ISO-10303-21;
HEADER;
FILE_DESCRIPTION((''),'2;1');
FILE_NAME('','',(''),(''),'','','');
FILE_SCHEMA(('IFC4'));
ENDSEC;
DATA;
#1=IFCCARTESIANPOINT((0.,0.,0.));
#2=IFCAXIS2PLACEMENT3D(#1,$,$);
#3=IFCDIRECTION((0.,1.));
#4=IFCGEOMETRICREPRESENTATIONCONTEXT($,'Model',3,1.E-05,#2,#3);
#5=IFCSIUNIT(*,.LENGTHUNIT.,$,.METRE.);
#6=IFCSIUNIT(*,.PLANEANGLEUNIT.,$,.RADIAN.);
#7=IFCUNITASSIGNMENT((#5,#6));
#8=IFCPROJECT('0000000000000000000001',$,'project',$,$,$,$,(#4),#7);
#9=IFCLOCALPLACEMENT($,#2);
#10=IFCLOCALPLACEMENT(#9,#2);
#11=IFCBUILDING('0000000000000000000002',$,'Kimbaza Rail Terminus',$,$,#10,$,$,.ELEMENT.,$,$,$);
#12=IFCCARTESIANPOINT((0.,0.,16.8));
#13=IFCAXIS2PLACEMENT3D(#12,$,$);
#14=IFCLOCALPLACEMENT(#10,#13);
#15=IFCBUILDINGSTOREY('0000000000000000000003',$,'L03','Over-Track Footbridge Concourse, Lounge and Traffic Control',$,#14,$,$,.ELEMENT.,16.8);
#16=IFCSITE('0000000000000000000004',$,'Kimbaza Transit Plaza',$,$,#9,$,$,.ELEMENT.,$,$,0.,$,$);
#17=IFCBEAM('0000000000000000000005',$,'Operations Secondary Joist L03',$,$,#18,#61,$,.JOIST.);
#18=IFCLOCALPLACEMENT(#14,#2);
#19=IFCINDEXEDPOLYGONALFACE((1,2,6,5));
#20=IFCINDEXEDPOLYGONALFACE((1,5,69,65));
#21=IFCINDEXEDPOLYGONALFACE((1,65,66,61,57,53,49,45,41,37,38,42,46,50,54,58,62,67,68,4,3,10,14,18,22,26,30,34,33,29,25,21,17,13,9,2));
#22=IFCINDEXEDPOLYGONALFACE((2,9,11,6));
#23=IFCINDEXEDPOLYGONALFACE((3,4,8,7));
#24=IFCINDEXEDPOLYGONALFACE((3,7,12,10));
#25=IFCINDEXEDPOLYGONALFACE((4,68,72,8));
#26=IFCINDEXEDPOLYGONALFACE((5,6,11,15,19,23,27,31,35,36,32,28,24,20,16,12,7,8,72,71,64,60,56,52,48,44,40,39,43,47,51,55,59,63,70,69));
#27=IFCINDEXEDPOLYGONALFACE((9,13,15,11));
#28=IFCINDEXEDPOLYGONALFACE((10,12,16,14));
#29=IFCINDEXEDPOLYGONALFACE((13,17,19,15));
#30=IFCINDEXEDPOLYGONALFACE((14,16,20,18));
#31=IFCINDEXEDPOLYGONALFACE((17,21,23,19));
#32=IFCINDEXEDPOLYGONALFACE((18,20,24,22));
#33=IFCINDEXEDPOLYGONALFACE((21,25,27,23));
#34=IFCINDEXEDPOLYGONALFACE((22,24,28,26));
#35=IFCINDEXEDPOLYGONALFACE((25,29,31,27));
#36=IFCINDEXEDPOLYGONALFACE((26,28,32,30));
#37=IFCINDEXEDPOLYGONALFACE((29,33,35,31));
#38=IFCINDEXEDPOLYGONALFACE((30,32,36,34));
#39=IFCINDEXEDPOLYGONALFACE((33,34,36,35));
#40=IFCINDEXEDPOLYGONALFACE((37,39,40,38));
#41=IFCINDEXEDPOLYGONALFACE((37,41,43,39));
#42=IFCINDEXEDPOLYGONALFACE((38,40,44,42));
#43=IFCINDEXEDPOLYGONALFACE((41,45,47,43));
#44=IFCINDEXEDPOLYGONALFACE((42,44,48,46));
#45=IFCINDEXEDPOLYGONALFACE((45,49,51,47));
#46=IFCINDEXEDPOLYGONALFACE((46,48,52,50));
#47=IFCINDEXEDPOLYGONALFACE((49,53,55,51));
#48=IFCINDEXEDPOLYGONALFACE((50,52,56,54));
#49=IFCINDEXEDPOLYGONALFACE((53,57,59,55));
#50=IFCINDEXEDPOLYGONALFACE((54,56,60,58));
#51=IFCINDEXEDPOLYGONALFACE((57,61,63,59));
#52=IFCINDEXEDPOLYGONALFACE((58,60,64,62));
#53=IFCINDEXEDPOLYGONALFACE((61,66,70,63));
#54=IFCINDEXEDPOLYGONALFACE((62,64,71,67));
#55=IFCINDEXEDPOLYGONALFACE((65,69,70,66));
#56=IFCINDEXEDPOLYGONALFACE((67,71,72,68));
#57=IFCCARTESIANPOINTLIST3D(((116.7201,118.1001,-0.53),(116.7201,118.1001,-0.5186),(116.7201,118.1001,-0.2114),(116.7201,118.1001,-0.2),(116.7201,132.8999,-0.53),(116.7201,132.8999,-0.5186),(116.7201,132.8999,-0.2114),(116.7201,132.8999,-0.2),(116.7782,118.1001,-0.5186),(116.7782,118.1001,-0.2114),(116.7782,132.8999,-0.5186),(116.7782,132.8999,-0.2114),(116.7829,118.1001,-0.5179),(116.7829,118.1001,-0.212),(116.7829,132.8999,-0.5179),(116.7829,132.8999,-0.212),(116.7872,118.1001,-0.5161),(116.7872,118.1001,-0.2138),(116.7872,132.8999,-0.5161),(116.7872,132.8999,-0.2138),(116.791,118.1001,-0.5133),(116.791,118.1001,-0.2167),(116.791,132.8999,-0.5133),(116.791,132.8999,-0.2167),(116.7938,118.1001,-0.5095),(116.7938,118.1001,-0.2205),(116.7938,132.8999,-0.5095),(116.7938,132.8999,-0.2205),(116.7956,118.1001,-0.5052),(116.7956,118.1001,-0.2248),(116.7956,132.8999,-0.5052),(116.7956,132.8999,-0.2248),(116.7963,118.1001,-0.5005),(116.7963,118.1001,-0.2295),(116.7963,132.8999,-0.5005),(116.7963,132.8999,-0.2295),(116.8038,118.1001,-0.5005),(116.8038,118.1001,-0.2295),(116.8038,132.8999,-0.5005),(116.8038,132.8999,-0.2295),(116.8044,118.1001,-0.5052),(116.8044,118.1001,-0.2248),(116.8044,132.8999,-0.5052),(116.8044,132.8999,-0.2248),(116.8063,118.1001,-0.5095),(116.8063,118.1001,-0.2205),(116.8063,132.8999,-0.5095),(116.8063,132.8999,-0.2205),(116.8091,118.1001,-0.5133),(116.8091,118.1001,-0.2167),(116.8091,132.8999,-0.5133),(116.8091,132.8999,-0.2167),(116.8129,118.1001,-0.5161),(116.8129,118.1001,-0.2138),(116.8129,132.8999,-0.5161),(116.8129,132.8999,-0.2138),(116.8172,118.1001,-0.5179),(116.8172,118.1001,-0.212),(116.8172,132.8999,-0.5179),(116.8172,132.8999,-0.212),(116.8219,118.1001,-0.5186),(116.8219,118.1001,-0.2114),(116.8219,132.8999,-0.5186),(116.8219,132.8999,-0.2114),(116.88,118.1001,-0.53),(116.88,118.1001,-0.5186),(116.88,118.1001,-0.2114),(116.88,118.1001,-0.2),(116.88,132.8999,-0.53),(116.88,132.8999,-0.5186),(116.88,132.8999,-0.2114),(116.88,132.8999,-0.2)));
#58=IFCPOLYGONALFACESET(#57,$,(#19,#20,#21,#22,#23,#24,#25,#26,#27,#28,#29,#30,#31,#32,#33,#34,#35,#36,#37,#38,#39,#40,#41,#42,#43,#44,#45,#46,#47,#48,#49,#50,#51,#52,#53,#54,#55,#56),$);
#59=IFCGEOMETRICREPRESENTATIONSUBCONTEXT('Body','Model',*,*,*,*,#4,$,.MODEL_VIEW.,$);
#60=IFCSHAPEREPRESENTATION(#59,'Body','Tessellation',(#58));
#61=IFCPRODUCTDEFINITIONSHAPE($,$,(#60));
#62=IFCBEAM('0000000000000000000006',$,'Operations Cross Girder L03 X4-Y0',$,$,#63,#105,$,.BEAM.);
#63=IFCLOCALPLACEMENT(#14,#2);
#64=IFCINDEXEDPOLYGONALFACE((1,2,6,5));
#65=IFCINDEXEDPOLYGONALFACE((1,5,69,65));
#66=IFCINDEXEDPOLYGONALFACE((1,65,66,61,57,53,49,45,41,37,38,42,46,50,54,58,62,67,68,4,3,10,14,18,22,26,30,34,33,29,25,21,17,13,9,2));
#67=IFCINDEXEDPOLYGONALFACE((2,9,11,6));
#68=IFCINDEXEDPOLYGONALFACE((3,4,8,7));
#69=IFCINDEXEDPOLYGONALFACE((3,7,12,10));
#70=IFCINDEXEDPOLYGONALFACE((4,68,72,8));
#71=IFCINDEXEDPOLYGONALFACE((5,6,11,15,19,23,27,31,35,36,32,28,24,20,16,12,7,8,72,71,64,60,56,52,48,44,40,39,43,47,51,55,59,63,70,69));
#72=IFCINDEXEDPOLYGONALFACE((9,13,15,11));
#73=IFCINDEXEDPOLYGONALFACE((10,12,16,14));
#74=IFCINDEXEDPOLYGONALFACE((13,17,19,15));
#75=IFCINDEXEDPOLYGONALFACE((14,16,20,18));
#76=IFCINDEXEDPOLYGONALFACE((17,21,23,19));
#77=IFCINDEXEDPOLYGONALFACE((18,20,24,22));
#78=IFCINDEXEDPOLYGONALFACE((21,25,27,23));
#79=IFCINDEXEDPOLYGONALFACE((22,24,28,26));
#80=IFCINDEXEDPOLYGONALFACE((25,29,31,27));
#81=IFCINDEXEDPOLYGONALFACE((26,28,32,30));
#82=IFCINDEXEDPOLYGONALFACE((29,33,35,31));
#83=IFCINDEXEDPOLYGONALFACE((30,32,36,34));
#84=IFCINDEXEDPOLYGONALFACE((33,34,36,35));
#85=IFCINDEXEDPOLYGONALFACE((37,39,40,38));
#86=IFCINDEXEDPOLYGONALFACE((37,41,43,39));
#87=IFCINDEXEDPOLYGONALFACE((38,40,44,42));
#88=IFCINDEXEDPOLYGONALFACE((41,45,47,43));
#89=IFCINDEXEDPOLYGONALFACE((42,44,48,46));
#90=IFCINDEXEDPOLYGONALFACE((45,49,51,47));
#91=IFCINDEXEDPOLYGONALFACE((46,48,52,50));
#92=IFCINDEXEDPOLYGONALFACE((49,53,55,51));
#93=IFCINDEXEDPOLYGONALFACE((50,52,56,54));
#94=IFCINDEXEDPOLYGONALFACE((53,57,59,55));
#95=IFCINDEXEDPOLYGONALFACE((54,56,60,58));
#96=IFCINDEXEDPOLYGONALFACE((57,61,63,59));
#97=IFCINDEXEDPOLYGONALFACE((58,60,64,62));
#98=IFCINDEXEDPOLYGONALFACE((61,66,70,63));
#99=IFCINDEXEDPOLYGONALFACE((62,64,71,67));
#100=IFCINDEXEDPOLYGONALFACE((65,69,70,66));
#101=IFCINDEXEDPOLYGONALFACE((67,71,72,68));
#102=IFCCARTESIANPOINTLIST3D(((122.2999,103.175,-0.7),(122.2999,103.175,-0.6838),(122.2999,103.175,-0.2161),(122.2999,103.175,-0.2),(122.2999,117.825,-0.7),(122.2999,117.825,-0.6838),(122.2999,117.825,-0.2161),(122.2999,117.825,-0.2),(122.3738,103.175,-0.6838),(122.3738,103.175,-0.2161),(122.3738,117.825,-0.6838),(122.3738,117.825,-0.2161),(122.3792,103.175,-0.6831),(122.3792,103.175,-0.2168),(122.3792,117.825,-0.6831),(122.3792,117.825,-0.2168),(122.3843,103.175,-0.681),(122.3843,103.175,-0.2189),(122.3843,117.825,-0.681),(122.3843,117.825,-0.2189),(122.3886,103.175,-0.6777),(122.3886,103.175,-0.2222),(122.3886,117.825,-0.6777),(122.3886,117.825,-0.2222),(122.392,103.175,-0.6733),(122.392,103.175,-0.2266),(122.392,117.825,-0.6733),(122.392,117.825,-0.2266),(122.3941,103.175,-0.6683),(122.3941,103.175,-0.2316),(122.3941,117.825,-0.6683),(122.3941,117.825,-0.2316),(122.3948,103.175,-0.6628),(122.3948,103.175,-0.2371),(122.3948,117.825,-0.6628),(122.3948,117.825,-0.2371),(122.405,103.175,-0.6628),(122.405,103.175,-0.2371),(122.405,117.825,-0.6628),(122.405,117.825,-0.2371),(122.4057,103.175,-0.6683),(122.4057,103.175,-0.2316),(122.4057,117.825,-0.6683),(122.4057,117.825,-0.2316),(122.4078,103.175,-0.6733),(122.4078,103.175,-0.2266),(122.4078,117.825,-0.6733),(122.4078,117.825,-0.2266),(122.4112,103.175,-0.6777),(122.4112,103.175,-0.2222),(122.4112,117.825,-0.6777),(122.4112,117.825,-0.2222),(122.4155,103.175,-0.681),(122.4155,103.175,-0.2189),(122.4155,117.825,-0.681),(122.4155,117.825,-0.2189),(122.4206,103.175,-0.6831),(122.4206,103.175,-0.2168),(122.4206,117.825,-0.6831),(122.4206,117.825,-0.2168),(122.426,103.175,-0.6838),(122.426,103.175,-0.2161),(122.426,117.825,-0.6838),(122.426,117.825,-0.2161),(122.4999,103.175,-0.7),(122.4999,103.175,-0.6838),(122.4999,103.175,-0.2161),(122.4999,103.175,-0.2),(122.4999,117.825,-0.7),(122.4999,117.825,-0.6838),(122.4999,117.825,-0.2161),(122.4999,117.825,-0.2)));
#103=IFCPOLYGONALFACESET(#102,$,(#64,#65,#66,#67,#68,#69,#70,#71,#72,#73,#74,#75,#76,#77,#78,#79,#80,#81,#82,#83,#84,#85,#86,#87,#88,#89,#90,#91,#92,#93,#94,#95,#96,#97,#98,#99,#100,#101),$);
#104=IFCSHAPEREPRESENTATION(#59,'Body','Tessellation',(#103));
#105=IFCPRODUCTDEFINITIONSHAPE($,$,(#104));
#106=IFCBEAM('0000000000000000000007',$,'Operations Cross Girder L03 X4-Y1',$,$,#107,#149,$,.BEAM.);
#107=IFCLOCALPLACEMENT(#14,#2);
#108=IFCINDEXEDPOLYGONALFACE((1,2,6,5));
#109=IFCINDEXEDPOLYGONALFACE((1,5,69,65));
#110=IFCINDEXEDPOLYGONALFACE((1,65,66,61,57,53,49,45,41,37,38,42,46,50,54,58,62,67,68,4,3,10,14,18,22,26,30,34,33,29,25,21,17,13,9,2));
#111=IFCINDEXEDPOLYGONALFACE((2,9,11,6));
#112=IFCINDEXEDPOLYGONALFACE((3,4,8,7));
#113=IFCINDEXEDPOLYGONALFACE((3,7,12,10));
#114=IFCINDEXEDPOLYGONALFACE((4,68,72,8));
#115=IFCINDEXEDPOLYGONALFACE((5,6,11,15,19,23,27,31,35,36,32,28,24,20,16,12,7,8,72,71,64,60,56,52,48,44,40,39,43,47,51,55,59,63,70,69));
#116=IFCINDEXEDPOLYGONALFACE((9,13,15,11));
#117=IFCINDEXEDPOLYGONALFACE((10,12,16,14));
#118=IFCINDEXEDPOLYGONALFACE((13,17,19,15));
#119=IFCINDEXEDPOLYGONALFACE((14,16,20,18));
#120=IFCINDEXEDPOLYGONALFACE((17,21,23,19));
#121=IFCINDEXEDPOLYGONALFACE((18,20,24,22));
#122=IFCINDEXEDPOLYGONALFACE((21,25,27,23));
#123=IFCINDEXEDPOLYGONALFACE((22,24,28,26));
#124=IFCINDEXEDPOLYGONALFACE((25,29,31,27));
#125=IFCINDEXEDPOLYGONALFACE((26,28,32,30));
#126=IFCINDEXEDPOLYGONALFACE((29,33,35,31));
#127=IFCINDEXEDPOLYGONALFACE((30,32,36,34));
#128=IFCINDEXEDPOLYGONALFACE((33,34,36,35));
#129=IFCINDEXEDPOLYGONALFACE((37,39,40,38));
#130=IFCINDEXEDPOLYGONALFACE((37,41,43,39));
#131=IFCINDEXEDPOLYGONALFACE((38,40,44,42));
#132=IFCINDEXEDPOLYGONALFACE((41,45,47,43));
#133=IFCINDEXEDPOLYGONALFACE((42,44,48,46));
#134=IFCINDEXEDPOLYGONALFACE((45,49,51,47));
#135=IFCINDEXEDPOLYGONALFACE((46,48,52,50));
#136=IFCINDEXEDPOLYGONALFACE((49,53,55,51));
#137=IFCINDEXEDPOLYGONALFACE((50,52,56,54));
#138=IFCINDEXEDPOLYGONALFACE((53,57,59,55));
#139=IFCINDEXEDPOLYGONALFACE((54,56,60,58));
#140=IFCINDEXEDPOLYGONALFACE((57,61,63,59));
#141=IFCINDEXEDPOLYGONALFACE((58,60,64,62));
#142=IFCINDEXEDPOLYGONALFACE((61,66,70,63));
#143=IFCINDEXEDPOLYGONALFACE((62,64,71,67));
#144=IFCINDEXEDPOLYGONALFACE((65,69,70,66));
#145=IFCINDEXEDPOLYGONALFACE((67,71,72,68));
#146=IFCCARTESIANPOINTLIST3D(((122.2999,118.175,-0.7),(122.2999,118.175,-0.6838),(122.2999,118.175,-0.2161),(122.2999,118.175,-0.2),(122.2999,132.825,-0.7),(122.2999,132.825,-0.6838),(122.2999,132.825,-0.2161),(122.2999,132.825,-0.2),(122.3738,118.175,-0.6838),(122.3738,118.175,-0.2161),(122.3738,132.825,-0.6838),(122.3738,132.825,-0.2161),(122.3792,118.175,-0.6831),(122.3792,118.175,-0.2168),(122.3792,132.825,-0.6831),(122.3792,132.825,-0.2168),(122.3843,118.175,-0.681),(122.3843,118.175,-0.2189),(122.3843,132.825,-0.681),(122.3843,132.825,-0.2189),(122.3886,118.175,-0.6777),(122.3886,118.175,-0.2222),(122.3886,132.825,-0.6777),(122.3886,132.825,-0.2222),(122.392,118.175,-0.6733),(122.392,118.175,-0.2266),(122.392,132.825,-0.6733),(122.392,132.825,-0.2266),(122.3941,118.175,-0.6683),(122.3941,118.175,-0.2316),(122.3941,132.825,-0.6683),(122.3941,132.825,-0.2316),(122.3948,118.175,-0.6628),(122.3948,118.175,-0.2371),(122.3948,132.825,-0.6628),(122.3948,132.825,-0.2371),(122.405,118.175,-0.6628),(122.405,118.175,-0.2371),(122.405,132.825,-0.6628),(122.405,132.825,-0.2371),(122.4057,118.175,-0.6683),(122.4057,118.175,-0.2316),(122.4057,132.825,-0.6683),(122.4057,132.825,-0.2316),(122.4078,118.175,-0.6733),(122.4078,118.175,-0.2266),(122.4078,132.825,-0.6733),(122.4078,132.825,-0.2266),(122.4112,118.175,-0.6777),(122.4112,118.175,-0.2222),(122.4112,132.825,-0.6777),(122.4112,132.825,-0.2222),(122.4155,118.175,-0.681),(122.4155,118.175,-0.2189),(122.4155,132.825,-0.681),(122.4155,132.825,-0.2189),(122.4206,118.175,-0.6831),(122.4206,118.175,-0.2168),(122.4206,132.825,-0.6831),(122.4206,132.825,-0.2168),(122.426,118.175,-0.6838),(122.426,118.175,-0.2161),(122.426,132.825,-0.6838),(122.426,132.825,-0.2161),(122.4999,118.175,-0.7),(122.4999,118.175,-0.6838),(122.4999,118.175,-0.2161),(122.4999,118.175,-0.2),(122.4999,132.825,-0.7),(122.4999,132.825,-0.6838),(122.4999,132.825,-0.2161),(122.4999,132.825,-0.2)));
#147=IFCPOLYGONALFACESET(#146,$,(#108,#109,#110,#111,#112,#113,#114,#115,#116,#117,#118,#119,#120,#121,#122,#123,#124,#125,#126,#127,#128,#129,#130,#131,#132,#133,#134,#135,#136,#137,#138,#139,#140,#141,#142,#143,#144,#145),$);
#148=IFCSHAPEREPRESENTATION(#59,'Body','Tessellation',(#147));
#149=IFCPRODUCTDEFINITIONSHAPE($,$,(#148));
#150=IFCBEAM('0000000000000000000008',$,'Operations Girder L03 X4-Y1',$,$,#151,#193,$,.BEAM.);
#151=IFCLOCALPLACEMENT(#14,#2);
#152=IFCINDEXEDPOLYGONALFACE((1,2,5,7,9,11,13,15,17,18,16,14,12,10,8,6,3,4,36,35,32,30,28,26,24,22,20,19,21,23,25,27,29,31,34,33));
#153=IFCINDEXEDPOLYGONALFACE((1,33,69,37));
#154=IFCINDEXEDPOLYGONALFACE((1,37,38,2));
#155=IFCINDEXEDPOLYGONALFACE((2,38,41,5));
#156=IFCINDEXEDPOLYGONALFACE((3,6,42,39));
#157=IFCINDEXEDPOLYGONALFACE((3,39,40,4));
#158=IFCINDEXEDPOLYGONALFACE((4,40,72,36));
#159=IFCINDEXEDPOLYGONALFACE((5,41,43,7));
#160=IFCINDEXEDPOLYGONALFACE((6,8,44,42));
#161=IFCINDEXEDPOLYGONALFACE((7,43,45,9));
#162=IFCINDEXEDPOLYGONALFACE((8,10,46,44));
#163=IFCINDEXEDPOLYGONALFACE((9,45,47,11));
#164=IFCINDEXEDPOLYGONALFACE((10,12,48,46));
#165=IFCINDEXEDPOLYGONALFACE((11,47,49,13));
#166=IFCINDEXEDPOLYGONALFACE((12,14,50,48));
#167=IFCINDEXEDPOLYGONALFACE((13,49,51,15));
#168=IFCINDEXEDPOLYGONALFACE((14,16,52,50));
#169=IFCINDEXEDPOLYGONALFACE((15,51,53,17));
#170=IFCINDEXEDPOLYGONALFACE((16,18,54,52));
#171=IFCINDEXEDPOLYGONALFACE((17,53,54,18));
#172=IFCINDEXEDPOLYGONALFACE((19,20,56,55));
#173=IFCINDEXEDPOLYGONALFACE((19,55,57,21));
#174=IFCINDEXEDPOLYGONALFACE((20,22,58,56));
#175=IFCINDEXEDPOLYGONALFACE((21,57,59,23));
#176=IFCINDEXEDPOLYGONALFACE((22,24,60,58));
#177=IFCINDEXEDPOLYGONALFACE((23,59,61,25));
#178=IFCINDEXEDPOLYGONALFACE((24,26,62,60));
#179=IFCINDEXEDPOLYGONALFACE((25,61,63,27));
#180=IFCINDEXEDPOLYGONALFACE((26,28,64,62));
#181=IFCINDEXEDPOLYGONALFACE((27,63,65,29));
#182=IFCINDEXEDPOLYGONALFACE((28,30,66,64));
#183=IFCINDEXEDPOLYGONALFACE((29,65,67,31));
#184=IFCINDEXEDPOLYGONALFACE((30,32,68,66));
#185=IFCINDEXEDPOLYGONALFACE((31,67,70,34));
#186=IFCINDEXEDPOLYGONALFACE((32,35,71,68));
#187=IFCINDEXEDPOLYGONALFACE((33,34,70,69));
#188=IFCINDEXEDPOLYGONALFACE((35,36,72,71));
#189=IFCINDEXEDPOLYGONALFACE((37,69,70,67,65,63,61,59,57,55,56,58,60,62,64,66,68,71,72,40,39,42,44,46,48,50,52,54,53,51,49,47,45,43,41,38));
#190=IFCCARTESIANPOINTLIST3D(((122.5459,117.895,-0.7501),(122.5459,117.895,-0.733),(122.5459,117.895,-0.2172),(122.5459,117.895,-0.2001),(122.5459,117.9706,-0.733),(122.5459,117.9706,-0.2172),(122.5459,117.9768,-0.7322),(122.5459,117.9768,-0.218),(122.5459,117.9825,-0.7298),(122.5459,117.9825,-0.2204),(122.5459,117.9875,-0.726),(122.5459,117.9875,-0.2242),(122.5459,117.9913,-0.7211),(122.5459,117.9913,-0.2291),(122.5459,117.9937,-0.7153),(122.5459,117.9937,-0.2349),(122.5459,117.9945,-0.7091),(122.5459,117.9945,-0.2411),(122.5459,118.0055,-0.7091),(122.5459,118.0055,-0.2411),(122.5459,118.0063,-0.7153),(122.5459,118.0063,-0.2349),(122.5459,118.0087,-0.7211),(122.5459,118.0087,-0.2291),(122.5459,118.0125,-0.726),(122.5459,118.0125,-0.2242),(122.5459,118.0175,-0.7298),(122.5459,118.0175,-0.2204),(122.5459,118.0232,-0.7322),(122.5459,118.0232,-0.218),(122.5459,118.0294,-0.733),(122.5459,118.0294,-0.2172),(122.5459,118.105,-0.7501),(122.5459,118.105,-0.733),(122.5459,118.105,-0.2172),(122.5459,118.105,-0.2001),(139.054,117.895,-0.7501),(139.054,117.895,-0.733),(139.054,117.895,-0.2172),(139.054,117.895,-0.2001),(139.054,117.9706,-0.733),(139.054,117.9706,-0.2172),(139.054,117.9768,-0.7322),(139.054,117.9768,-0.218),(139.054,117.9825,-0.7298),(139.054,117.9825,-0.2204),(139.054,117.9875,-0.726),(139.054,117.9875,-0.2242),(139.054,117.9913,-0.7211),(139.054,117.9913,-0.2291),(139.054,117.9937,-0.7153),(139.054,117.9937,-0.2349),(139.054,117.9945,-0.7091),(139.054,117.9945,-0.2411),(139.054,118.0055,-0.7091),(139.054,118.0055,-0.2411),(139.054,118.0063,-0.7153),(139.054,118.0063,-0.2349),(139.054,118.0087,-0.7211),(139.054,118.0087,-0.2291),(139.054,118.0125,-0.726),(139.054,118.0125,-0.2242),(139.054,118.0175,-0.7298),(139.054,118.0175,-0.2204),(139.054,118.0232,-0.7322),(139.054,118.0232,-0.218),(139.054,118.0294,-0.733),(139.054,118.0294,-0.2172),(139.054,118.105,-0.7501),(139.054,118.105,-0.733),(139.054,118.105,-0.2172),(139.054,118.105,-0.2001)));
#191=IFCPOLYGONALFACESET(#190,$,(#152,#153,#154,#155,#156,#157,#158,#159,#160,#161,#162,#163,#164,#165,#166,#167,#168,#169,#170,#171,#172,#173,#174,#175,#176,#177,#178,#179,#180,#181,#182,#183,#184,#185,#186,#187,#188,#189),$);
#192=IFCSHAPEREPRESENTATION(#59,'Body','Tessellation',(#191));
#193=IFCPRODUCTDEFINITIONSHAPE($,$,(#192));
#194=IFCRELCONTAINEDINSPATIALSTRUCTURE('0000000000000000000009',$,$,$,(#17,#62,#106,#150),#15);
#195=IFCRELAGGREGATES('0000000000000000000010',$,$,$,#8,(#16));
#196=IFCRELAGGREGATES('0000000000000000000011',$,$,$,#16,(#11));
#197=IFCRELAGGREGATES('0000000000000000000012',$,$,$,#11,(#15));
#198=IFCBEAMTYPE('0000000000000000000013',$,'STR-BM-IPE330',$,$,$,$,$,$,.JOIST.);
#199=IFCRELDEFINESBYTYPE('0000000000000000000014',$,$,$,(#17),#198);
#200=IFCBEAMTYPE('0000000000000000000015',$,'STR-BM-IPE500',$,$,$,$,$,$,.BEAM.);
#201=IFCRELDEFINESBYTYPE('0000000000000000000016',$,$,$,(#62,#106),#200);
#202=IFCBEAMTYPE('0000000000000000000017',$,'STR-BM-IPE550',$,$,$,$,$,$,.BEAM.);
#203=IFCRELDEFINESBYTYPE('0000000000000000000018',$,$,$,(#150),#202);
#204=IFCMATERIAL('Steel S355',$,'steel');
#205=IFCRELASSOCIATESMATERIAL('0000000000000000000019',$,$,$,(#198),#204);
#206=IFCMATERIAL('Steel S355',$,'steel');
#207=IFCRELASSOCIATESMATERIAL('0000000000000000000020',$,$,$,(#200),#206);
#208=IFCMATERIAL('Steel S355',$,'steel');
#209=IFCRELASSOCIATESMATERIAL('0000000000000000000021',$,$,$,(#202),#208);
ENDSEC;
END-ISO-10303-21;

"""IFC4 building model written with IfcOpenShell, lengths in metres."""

from ifc_helpers import new_model, si_unit, direction, frame, origin, origin_2d, place, context, subcontext, project, spatial, i_section, extrude, material, material_profile, profile_set, type_object, element, save


model = new_model("IFC4")

# Units and contexts
model_context = context("Model", 3, precision=1e-05, world=origin(), true_north=direction((0.0, 1.0)))
body_context = subcontext(model_context, "Body", "Model", "MODEL_VIEW")
ifc_project = project(units=[si_unit("LENGTHUNIT", "METRE"), si_unit("PLANEANGLEUNIT", "RADIAN")], contexts=[model_context])

# Site, building, storey
site_placement = place(None, origin())
site = spatial("IfcSite", under=ifc_project, at=site_placement, Name="Kimbaza Transit Plaza", CompositionType="ELEMENT", RefElevation=0.0)
building_placement = place(site_placement, origin())
building = spatial("IfcBuilding", under=site, at=building_placement, Name="Kimbaza Rail Terminus", CompositionType="ELEMENT")
storey_placement = place(building_placement, frame((0.0, 0.0, 16.8)))
storey = spatial("IfcBuildingStorey", under=building, at=storey_placement, Name="L03", Description="Over-Track Footbridge Concourse, Lounge and Traffic Control", CompositionType="ELEMENT", Elevation=16.8)

# Beams
ifc_material_1 = material(Name="Steel S355", Category="steel")
ifc_material_profile_1 = material_profile(ifc_material_1, i_section(OverallWidth=0.1599, OverallDepth=0.3301, WebThickness=0.0076, FlangeThickness=0.0115, FilletRadius=0.0181, at=origin_2d()), Name="IPE 330")
ifc_profile_set_1 = profile_set([ifc_material_profile_1], Name="Steel S355")
beam_type_1 = type_object("IfcBeamType", Name="STR-BM-IPE330", PredefinedType="JOIST", material=ifc_profile_set_1)
for number, where, z_axis, x_axis, name in (
    (1, (116.8, 118.1001, -0.365), (0.0, 1.0, 0.0), (-1.0, 0.0, 0.0), "Operations Secondary Joist L03"),
):
    element("IfcBeam", number, at=place(storey_placement, frame(where, z_axis=z_axis, x_axis=x_axis)), inside=storey, type_object=beam_type_1, Name=name, PredefinedType="JOIST", context=body_context, shape_type="SweptSolid", body=[
        extrude(i_section(OverallWidth=0.1599, OverallDepth=0.3301, WebThickness=0.0076, FlangeThickness=0.0115, FilletRadius=0.0181, at=origin_2d()), origin(), (0.0, 0.0, 1.0), 14.7998),
    ])
ifc_material_2 = material(Name="Steel S355", Category="steel")
ifc_material_profile_2 = material_profile(ifc_material_2, i_section(OverallWidth=0.2, OverallDepth=0.5, WebThickness=0.0103, FlangeThickness=0.0161, FilletRadius=0.021, at=origin_2d()), Name="IPE 500")
ifc_profile_set_2 = profile_set([ifc_material_profile_2], Name="Steel S355")
beam_type_2 = type_object("IfcBeamType", Name="STR-BM-IPE500", PredefinedType="BEAM", material=ifc_profile_set_2)
for number, where, z_axis, x_axis, name in (
    (2, (122.3999, 103.175, -0.45), (0.0, 1.0, 0.0), (-1.0, 0.0, 0.0), "Operations Cross Girder L03 X4-Y0"),
    (3, (122.3999, 118.175, -0.45), (0.0, 1.0, 0.0), (-1.0, 0.0, 0.0), "Operations Cross Girder L03 X4-Y1"),
):
    element("IfcBeam", number, at=place(storey_placement, frame(where, z_axis=z_axis, x_axis=x_axis)), inside=storey, type_object=beam_type_2, Name=name, PredefinedType="BEAM", context=body_context, shape_type="SweptSolid", body=[
        extrude(i_section(OverallWidth=0.2, OverallDepth=0.5, WebThickness=0.0103, FlangeThickness=0.0161, FilletRadius=0.021, at=origin_2d()), origin(), (0.0, 0.0, 1.0), 14.6499),
    ])
ifc_material_3 = material(Name="Steel S355", Category="steel")
ifc_material_profile_3 = material_profile(ifc_material_3, i_section(OverallWidth=0.21, OverallDepth=0.55, WebThickness=0.011, FlangeThickness=0.0171, FilletRadius=0.0239, at=origin_2d()), Name="IPE 550")
ifc_profile_set_3 = profile_set([ifc_material_profile_3], Name="Steel S355")
beam_type_3 = type_object("IfcBeamType", Name="STR-BM-IPE550", PredefinedType="BEAM", material=ifc_profile_set_3)
beam_1_placement = place(storey_placement, frame((122.5459, 118.0, -0.4751), z_axis=(1.0, 0.0, 0.0), x_axis=(0.0, 1.0, 0.0)))
element("IfcBeam", 4, at=beam_1_placement, inside=storey, type_object=beam_type_3, Name="Operations Girder L03 X4-Y1", PredefinedType="BEAM", context=body_context, shape_type="SweptSolid", body=[
    extrude(i_section(OverallWidth=0.21, OverallDepth=0.55, WebThickness=0.011, FlangeThickness=0.0171, FilletRadius=0.0239, at=origin_2d()), origin(), (0.0, 0.0, 1.0), 16.5081),
])

save(model, "model.ifc")
